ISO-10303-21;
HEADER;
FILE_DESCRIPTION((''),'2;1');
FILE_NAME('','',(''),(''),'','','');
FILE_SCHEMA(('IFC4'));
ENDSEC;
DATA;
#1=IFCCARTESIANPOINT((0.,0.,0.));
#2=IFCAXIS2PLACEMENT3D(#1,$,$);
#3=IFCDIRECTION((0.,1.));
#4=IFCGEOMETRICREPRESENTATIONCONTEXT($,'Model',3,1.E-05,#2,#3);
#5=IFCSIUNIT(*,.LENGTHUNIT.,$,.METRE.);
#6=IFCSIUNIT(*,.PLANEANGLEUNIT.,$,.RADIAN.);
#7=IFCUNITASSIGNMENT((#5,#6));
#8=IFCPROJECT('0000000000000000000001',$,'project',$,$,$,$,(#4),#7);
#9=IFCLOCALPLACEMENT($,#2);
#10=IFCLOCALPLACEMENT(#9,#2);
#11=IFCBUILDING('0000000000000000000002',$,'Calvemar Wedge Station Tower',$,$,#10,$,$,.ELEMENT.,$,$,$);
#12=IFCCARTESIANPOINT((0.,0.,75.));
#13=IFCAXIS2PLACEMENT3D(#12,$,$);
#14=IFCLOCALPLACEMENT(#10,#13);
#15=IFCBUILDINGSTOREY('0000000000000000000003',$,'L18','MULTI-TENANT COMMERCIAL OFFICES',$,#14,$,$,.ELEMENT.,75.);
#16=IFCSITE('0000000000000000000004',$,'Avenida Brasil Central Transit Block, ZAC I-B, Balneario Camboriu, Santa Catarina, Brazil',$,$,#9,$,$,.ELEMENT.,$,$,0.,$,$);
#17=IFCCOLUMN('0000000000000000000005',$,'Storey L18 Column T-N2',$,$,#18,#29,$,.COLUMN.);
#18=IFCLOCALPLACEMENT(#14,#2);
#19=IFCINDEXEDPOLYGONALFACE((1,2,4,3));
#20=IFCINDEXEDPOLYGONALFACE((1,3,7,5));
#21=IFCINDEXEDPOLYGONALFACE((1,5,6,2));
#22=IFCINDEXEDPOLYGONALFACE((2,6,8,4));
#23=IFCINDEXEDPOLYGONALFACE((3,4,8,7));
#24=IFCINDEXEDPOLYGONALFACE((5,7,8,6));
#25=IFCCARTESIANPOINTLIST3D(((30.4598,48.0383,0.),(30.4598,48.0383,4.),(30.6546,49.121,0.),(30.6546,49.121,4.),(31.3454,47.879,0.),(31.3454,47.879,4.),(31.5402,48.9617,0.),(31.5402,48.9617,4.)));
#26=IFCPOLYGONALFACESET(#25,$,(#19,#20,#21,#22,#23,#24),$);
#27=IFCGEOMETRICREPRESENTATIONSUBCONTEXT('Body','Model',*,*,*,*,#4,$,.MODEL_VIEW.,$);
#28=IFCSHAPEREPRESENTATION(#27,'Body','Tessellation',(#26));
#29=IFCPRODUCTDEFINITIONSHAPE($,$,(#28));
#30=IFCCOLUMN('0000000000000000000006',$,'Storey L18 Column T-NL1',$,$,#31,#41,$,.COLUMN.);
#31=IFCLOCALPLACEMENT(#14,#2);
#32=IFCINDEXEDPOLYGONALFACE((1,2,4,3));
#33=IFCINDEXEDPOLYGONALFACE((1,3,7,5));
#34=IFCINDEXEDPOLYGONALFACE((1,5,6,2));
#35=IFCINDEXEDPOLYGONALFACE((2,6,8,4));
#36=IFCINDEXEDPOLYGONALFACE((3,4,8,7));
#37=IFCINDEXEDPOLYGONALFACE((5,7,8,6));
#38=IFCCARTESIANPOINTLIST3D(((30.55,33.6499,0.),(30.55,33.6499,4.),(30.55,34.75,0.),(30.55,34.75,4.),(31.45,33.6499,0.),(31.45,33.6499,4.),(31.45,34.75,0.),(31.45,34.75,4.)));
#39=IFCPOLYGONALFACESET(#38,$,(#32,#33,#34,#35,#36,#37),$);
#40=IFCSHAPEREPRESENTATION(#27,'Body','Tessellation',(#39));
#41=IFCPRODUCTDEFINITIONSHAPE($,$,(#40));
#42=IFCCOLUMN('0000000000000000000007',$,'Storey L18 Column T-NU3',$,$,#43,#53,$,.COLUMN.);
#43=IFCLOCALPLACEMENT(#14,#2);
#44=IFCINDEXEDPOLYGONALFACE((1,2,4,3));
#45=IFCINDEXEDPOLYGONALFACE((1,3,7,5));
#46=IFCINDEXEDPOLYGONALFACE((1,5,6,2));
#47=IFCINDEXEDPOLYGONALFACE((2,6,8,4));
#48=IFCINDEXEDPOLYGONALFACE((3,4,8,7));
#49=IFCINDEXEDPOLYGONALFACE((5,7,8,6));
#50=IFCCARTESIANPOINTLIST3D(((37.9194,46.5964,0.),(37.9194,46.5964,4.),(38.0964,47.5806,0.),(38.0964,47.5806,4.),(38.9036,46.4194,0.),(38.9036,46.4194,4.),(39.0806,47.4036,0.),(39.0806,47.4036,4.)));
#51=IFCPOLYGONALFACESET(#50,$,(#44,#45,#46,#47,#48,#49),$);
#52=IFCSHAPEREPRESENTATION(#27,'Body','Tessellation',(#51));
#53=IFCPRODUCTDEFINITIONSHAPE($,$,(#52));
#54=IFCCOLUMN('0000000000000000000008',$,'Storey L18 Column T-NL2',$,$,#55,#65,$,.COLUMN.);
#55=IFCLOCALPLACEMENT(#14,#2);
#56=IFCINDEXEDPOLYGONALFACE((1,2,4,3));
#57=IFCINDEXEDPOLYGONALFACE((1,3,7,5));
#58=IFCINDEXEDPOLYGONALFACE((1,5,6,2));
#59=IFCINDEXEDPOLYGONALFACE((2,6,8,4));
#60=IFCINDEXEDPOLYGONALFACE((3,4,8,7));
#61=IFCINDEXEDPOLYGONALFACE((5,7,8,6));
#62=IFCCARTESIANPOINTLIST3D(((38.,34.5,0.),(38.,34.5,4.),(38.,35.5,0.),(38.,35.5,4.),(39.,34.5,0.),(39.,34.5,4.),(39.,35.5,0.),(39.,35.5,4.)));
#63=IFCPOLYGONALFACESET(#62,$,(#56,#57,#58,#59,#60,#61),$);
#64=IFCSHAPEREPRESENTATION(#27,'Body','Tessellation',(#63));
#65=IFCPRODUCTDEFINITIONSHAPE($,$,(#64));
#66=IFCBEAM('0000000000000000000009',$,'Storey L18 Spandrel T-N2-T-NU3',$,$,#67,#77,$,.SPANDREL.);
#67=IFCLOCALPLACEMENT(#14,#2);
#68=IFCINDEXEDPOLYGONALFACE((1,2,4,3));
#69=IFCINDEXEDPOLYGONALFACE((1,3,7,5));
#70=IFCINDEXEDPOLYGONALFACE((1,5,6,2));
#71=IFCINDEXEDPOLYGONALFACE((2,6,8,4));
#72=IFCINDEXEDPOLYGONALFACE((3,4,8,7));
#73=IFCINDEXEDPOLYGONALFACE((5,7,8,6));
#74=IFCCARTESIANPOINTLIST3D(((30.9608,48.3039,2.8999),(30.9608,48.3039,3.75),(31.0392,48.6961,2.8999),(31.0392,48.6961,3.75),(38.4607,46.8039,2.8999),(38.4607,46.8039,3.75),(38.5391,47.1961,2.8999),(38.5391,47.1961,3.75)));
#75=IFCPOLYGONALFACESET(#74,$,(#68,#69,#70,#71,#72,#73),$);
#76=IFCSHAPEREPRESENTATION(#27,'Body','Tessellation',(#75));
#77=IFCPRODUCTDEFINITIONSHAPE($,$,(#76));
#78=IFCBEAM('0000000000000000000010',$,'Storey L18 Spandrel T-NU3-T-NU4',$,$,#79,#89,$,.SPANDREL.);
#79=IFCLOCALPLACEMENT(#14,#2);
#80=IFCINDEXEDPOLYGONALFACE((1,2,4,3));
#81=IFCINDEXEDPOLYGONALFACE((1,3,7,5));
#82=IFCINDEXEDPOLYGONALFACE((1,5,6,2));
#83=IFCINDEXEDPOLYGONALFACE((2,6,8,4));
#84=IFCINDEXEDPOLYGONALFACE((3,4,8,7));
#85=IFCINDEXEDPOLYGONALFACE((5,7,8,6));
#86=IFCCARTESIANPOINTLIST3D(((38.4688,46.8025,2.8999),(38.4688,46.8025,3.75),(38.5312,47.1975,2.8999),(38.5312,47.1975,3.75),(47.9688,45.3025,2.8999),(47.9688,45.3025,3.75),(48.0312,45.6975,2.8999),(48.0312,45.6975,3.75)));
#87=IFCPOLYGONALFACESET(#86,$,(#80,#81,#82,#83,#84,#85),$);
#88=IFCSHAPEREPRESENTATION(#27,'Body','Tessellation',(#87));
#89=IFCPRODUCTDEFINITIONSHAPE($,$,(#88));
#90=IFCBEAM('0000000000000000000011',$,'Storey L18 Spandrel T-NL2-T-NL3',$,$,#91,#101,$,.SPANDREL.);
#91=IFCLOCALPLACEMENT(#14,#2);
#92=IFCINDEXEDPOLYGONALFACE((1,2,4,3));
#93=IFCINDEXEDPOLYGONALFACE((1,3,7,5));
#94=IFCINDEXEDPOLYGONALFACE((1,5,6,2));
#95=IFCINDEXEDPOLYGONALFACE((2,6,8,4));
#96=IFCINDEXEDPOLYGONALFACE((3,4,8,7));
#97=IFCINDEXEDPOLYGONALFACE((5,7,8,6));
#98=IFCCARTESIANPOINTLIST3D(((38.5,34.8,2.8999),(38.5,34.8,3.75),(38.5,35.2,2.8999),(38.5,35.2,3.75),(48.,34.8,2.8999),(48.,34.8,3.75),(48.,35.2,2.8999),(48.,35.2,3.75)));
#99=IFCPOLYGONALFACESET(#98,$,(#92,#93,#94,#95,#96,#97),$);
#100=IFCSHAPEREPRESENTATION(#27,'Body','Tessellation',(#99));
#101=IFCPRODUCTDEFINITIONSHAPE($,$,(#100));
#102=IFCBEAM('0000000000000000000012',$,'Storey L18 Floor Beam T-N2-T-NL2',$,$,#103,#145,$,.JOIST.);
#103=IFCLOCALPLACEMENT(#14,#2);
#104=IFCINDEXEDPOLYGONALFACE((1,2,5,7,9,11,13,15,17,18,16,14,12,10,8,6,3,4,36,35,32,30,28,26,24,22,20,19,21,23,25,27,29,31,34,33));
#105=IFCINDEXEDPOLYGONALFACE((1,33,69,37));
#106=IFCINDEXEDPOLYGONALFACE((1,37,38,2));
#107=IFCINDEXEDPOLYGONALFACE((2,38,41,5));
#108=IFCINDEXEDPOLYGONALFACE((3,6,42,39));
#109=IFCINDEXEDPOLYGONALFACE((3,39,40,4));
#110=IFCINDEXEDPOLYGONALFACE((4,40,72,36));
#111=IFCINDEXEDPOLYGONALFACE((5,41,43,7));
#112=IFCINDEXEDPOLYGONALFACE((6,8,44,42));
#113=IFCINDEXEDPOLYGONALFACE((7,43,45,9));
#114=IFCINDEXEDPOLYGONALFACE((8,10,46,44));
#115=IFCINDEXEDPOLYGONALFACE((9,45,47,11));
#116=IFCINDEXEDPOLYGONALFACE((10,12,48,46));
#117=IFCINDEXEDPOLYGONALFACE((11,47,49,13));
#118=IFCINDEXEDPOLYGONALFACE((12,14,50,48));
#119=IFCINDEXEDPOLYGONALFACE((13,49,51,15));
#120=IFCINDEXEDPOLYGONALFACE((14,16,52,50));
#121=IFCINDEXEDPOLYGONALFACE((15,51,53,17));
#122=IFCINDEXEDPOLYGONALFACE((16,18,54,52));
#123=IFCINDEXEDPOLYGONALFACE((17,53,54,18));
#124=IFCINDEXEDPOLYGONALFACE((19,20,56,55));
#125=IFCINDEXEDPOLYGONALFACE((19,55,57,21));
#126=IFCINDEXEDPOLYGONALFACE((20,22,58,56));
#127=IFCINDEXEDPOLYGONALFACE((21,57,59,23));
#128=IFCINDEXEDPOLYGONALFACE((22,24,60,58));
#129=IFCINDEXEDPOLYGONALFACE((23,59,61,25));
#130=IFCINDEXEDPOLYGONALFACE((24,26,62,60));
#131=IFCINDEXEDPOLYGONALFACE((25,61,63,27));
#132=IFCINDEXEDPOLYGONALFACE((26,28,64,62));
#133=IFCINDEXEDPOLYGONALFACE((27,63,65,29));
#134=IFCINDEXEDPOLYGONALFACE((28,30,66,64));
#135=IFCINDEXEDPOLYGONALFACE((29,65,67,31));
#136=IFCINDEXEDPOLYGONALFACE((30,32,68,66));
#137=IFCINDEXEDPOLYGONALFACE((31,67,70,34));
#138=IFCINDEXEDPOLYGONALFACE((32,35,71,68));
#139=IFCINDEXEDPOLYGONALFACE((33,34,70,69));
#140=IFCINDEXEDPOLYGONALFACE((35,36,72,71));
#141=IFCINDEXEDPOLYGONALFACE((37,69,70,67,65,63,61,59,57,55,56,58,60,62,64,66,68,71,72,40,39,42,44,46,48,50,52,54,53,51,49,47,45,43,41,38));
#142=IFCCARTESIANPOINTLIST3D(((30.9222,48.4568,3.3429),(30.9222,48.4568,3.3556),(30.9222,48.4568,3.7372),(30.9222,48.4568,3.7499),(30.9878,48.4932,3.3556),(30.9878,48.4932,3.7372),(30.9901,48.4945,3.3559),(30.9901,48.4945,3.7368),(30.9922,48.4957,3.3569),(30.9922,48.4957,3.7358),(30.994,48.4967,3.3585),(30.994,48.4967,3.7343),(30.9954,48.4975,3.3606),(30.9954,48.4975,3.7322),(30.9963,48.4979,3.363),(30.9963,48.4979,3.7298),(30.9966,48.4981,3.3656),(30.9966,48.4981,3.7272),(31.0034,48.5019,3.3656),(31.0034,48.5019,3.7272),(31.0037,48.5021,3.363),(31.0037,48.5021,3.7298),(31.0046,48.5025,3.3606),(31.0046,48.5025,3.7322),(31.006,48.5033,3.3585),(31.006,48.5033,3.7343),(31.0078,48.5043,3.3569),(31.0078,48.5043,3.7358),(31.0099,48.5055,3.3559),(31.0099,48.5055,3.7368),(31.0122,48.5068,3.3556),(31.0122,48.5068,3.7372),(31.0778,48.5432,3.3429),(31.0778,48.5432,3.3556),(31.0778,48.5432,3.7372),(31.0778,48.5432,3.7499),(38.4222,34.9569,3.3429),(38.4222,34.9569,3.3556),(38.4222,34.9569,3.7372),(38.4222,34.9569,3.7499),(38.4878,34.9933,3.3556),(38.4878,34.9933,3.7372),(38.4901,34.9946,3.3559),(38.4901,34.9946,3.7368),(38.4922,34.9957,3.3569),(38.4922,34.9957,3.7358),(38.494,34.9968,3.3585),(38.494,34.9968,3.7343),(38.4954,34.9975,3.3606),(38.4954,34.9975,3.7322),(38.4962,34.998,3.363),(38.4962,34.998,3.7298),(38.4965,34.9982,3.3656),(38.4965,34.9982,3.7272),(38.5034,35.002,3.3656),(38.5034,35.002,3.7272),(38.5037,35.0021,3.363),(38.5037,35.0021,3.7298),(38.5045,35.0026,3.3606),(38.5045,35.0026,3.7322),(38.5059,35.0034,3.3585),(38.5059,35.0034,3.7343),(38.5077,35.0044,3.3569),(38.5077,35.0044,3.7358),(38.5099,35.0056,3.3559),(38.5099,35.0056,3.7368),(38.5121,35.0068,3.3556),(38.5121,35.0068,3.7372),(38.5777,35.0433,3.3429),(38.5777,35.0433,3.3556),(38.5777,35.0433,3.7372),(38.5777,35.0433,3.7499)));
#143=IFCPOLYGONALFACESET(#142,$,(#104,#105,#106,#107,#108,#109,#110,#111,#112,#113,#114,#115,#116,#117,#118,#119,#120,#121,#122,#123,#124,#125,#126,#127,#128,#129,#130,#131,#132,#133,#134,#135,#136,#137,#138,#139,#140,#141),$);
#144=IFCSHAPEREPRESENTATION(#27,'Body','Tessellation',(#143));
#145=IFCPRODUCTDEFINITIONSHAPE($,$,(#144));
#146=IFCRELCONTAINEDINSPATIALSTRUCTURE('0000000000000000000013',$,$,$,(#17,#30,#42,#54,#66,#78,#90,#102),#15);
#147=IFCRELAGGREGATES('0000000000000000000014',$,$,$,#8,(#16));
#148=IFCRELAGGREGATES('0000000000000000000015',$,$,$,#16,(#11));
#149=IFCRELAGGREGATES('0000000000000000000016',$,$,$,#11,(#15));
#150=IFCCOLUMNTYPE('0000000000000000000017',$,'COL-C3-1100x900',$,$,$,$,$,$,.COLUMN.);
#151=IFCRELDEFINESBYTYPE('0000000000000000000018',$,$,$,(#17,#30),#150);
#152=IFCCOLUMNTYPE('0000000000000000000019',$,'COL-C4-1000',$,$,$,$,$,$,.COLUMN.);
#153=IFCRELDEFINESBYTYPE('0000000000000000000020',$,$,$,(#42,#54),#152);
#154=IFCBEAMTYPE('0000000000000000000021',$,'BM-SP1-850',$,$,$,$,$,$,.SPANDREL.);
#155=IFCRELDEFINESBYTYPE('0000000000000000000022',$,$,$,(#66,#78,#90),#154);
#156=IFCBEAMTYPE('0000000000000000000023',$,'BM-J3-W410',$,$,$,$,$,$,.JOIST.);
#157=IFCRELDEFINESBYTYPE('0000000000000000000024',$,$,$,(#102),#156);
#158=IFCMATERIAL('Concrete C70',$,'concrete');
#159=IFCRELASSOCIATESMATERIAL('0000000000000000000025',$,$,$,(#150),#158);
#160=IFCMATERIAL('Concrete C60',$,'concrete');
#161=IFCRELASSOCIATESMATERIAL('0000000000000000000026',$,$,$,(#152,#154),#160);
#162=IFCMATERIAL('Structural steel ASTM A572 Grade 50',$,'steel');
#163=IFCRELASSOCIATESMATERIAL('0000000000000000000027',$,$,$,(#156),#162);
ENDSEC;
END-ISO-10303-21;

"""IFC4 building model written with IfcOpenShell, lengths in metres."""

from ifc_helpers import new_model, si_unit, direction, frame, origin, origin_2d, place, context, subcontext, project, spatial, rectangle, i_section, extrude, source, transform, mapped, material, material_profile, profile_set, type_object, element, save


model = new_model("IFC4")

# Units and contexts
model_context = context("Model", 3, precision=1e-05, world=origin(), true_north=direction((0.0, 1.0)))
body_context = subcontext(model_context, "Body", "Model", "MODEL_VIEW")
ifc_project = project(units=[si_unit("LENGTHUNIT", "METRE"), si_unit("PLANEANGLEUNIT", "RADIAN")], contexts=[model_context])

# Site, building, storey
site_placement = place(None, origin())
site = spatial("IfcSite", under=ifc_project, at=site_placement, Name="Avenida Brasil Central Transit Block, ZAC I-B, Balneario Camboriu, Santa Catarina, Brazil", CompositionType="ELEMENT", RefElevation=0.0)
building_placement = place(site_placement, origin())
building = spatial("IfcBuilding", under=site, at=building_placement, Name="Calvemar Wedge Station Tower", CompositionType="ELEMENT")
storey_placement = place(building_placement, frame((0.0, 0.0, 75.0)))
storey = spatial("IfcBuildingStorey", under=building, at=storey_placement, Name="L18", Description="MULTI-TENANT COMMERCIAL OFFICES", CompositionType="ELEMENT", Elevation=75.0)

# Columns
ifc_material_1 = material(Name="Concrete C70", Category="concrete")
ifc_material_profile_1 = material_profile(ifc_material_1, rectangle(XDim=0.8999, YDim=1.1001, at=origin_2d()), Name="RC1100x900")
ifc_profile_set_1 = profile_set([ifc_material_profile_1], Name="Concrete C70")
column_type_1 = type_object("IfcColumnType", Name="COL-C3-1100x900", PredefinedType="COLUMN", material=ifc_profile_set_1)
shared_shape_1 = source(origin(), body_context, "Body", "SweptSolid", [
    extrude(rectangle(XDim=0.8999, YDim=1.1001, at=origin_2d()), origin(), (0.0, 0.0, 1.0), 4.0),
])
for number, where, z_axis, x_axis, name in (
    (1, (31.0, 48.5, 0.0), (0.0, 0.0, 1.0), (0.984196, -0.177085, 0.0), "Storey L18 Column T-N2"),
    (2, (31.0, 34.2, 0.0), (0.0, 0.0, 1.0), (1.0, 0.0, 0.0), "Storey L18 Column T-NL1"),
):
    element("IfcColumn", number, at=place(storey_placement, frame(where, z_axis=z_axis, x_axis=x_axis)), inside=storey, type_object=column_type_1, Name=name, PredefinedType="COLUMN", context=body_context, shape_type="MappedRepresentation", body=[
        mapped(shared_shape_1, transform((0.0, 0.0, 0.0), scale=1.0)),
    ])
ifc_material_2 = material(Name="Concrete C60", Category="concrete")
ifc_material_profile_2 = material_profile(ifc_material_2, rectangle(XDim=1.0, YDim=1.0, at=origin_2d()), Name="RC1000x1000")
ifc_profile_set_2 = profile_set([ifc_material_profile_2], Name="Concrete C60")
column_type_2 = type_object("IfcColumnType", Name="COL-C4-1000", PredefinedType="COLUMN", material=ifc_profile_set_2)
shared_shape_2 = source(origin(), body_context, "Body", "SweptSolid", [
    extrude(rectangle(XDim=1.0, YDim=1.0, at=origin_2d()), origin(), (0.0, 0.0, 1.0), 4.0),
])
for number, where, z_axis, x_axis, name in (
    (3, (38.5, 47.0, 0.0), (0.0, 0.0, 1.0), (0.984196, -0.177085, 0.0), "Storey L18 Column T-NU3"),
    (4, (38.5, 35.0, 0.0), (0.0, 0.0, 1.0), (1.0, 0.0, 0.0), "Storey L18 Column T-NL2"),
):
    element("IfcColumn", number, at=place(storey_placement, frame(where, z_axis=z_axis, x_axis=x_axis)), inside=storey, type_object=column_type_2, Name=name, PredefinedType="COLUMN", context=body_context, shape_type="MappedRepresentation", body=[
        mapped(shared_shape_2, transform((0.0, 0.0, 0.0), scale=1.0)),
    ])

# Beams
ifc_material_profile_3 = material_profile(ifc_material_2, rectangle(XDim=0.3999, YDim=0.8501, at=origin_2d()), Name="RC400x850")
ifc_profile_set_3 = profile_set([ifc_material_profile_3], Name="Concrete C60")
beam_type_1 = type_object("IfcBeamType", Name="BM-SP1-850", PredefinedType="SPANDREL", material=ifc_profile_set_3)
shared_shape_3 = source(origin(), body_context, "Body", "SweptSolid", [
    extrude(rectangle(XDim=0.3999, YDim=0.8501, at=origin_2d()), origin(), (0.0, 0.0, 1.0), 7.6484),
])
beam_1_placement = place(storey_placement, frame((31.0, 48.5, 3.325), z_axis=(0.980581, -0.196116, 0.0), x_axis=(0.196116, 0.980581, 0.0)))
element("IfcBeam", 5, at=beam_1_placement, inside=storey, type_object=beam_type_1, Name="Storey L18 Spandrel T-N2-T-NU3", PredefinedType="SPANDREL", context=body_context, shape_type="MappedRepresentation", body=[
    mapped(shared_shape_3, transform((0.0, 0.0, 0.0), scale=1.0)),
])
shared_shape_4 = source(origin(), body_context, "Body", "SweptSolid", [
    extrude(rectangle(XDim=0.3999, YDim=0.8501, at=origin_2d()), origin(), (0.0, 0.0, 1.0), 9.6177),
])
beam_2_placement = place(storey_placement, frame((38.5, 47.0, 3.325), z_axis=(0.987763, -0.155963, 0.0), x_axis=(0.155963, 0.987763, 0.0)))
element("IfcBeam", 6, at=beam_2_placement, inside=storey, type_object=beam_type_1, Name="Storey L18 Spandrel T-NU3-T-NU4", PredefinedType="SPANDREL", context=body_context, shape_type="MappedRepresentation", body=[
    mapped(shared_shape_4, transform((0.0, 0.0, 0.0), scale=1.0)),
])
shared_shape_5 = source(origin(), body_context, "Body", "SweptSolid", [
    extrude(rectangle(XDim=0.3999, YDim=0.8501, at=origin_2d()), origin(), (0.0, 0.0, 1.0), 9.5),
])
beam_3_placement = place(storey_placement, frame((38.5, 35.0, 3.325), z_axis=(1.0, 0.0, 0.0), x_axis=(0.0, 1.0, 0.0)))
element("IfcBeam", 7, at=beam_3_placement, inside=storey, type_object=beam_type_1, Name="Storey L18 Spandrel T-NL2-T-NL3", PredefinedType="SPANDREL", context=body_context, shape_type="MappedRepresentation", body=[
    mapped(shared_shape_5, transform((0.0, 0.0, 0.0), scale=1.0)),
])
ifc_material_3 = material(Name="Structural steel ASTM A572 Grade 50", Category="steel")
ifc_material_profile_4 = material_profile(ifc_material_3, i_section(OverallWidth=0.178, OverallDepth=0.407, WebThickness=0.0078, FlangeThickness=0.0127, FilletRadius=0.01, at=origin_2d()), Name="W410x60")
ifc_profile_set_4 = profile_set([ifc_material_profile_4], Name="Structural steel ASTM A572 Grade 50")
beam_type_2 = type_object("IfcBeamType", Name="BM-J3-W410", PredefinedType="JOIST", material=ifc_profile_set_4)
shared_shape_6 = source(origin(), body_context, "Body", "SweptSolid", [
    extrude(i_section(OverallWidth=0.178, OverallDepth=0.407, WebThickness=0.0078, FlangeThickness=0.0127, FilletRadius=0.01, at=origin_2d()), origin(), (0.0, 0.0, 1.0), 15.4434),
])
beam_4_placement = place(storey_placement, frame((31.0, 48.5, 3.5464), z_axis=(0.485643, -0.874157, 0.0), x_axis=(0.874157, 0.485643, 0.0)))
element("IfcBeam", 8, at=beam_4_placement, inside=storey, type_object=beam_type_2, Name="Storey L18 Floor Beam T-N2-T-NL2", PredefinedType="JOIST", context=body_context, shape_type="MappedRepresentation", body=[
    mapped(shared_shape_6, transform((0.0, 0.0, 0.0), scale=1.0)),
])

save(model, "model.ifc")
